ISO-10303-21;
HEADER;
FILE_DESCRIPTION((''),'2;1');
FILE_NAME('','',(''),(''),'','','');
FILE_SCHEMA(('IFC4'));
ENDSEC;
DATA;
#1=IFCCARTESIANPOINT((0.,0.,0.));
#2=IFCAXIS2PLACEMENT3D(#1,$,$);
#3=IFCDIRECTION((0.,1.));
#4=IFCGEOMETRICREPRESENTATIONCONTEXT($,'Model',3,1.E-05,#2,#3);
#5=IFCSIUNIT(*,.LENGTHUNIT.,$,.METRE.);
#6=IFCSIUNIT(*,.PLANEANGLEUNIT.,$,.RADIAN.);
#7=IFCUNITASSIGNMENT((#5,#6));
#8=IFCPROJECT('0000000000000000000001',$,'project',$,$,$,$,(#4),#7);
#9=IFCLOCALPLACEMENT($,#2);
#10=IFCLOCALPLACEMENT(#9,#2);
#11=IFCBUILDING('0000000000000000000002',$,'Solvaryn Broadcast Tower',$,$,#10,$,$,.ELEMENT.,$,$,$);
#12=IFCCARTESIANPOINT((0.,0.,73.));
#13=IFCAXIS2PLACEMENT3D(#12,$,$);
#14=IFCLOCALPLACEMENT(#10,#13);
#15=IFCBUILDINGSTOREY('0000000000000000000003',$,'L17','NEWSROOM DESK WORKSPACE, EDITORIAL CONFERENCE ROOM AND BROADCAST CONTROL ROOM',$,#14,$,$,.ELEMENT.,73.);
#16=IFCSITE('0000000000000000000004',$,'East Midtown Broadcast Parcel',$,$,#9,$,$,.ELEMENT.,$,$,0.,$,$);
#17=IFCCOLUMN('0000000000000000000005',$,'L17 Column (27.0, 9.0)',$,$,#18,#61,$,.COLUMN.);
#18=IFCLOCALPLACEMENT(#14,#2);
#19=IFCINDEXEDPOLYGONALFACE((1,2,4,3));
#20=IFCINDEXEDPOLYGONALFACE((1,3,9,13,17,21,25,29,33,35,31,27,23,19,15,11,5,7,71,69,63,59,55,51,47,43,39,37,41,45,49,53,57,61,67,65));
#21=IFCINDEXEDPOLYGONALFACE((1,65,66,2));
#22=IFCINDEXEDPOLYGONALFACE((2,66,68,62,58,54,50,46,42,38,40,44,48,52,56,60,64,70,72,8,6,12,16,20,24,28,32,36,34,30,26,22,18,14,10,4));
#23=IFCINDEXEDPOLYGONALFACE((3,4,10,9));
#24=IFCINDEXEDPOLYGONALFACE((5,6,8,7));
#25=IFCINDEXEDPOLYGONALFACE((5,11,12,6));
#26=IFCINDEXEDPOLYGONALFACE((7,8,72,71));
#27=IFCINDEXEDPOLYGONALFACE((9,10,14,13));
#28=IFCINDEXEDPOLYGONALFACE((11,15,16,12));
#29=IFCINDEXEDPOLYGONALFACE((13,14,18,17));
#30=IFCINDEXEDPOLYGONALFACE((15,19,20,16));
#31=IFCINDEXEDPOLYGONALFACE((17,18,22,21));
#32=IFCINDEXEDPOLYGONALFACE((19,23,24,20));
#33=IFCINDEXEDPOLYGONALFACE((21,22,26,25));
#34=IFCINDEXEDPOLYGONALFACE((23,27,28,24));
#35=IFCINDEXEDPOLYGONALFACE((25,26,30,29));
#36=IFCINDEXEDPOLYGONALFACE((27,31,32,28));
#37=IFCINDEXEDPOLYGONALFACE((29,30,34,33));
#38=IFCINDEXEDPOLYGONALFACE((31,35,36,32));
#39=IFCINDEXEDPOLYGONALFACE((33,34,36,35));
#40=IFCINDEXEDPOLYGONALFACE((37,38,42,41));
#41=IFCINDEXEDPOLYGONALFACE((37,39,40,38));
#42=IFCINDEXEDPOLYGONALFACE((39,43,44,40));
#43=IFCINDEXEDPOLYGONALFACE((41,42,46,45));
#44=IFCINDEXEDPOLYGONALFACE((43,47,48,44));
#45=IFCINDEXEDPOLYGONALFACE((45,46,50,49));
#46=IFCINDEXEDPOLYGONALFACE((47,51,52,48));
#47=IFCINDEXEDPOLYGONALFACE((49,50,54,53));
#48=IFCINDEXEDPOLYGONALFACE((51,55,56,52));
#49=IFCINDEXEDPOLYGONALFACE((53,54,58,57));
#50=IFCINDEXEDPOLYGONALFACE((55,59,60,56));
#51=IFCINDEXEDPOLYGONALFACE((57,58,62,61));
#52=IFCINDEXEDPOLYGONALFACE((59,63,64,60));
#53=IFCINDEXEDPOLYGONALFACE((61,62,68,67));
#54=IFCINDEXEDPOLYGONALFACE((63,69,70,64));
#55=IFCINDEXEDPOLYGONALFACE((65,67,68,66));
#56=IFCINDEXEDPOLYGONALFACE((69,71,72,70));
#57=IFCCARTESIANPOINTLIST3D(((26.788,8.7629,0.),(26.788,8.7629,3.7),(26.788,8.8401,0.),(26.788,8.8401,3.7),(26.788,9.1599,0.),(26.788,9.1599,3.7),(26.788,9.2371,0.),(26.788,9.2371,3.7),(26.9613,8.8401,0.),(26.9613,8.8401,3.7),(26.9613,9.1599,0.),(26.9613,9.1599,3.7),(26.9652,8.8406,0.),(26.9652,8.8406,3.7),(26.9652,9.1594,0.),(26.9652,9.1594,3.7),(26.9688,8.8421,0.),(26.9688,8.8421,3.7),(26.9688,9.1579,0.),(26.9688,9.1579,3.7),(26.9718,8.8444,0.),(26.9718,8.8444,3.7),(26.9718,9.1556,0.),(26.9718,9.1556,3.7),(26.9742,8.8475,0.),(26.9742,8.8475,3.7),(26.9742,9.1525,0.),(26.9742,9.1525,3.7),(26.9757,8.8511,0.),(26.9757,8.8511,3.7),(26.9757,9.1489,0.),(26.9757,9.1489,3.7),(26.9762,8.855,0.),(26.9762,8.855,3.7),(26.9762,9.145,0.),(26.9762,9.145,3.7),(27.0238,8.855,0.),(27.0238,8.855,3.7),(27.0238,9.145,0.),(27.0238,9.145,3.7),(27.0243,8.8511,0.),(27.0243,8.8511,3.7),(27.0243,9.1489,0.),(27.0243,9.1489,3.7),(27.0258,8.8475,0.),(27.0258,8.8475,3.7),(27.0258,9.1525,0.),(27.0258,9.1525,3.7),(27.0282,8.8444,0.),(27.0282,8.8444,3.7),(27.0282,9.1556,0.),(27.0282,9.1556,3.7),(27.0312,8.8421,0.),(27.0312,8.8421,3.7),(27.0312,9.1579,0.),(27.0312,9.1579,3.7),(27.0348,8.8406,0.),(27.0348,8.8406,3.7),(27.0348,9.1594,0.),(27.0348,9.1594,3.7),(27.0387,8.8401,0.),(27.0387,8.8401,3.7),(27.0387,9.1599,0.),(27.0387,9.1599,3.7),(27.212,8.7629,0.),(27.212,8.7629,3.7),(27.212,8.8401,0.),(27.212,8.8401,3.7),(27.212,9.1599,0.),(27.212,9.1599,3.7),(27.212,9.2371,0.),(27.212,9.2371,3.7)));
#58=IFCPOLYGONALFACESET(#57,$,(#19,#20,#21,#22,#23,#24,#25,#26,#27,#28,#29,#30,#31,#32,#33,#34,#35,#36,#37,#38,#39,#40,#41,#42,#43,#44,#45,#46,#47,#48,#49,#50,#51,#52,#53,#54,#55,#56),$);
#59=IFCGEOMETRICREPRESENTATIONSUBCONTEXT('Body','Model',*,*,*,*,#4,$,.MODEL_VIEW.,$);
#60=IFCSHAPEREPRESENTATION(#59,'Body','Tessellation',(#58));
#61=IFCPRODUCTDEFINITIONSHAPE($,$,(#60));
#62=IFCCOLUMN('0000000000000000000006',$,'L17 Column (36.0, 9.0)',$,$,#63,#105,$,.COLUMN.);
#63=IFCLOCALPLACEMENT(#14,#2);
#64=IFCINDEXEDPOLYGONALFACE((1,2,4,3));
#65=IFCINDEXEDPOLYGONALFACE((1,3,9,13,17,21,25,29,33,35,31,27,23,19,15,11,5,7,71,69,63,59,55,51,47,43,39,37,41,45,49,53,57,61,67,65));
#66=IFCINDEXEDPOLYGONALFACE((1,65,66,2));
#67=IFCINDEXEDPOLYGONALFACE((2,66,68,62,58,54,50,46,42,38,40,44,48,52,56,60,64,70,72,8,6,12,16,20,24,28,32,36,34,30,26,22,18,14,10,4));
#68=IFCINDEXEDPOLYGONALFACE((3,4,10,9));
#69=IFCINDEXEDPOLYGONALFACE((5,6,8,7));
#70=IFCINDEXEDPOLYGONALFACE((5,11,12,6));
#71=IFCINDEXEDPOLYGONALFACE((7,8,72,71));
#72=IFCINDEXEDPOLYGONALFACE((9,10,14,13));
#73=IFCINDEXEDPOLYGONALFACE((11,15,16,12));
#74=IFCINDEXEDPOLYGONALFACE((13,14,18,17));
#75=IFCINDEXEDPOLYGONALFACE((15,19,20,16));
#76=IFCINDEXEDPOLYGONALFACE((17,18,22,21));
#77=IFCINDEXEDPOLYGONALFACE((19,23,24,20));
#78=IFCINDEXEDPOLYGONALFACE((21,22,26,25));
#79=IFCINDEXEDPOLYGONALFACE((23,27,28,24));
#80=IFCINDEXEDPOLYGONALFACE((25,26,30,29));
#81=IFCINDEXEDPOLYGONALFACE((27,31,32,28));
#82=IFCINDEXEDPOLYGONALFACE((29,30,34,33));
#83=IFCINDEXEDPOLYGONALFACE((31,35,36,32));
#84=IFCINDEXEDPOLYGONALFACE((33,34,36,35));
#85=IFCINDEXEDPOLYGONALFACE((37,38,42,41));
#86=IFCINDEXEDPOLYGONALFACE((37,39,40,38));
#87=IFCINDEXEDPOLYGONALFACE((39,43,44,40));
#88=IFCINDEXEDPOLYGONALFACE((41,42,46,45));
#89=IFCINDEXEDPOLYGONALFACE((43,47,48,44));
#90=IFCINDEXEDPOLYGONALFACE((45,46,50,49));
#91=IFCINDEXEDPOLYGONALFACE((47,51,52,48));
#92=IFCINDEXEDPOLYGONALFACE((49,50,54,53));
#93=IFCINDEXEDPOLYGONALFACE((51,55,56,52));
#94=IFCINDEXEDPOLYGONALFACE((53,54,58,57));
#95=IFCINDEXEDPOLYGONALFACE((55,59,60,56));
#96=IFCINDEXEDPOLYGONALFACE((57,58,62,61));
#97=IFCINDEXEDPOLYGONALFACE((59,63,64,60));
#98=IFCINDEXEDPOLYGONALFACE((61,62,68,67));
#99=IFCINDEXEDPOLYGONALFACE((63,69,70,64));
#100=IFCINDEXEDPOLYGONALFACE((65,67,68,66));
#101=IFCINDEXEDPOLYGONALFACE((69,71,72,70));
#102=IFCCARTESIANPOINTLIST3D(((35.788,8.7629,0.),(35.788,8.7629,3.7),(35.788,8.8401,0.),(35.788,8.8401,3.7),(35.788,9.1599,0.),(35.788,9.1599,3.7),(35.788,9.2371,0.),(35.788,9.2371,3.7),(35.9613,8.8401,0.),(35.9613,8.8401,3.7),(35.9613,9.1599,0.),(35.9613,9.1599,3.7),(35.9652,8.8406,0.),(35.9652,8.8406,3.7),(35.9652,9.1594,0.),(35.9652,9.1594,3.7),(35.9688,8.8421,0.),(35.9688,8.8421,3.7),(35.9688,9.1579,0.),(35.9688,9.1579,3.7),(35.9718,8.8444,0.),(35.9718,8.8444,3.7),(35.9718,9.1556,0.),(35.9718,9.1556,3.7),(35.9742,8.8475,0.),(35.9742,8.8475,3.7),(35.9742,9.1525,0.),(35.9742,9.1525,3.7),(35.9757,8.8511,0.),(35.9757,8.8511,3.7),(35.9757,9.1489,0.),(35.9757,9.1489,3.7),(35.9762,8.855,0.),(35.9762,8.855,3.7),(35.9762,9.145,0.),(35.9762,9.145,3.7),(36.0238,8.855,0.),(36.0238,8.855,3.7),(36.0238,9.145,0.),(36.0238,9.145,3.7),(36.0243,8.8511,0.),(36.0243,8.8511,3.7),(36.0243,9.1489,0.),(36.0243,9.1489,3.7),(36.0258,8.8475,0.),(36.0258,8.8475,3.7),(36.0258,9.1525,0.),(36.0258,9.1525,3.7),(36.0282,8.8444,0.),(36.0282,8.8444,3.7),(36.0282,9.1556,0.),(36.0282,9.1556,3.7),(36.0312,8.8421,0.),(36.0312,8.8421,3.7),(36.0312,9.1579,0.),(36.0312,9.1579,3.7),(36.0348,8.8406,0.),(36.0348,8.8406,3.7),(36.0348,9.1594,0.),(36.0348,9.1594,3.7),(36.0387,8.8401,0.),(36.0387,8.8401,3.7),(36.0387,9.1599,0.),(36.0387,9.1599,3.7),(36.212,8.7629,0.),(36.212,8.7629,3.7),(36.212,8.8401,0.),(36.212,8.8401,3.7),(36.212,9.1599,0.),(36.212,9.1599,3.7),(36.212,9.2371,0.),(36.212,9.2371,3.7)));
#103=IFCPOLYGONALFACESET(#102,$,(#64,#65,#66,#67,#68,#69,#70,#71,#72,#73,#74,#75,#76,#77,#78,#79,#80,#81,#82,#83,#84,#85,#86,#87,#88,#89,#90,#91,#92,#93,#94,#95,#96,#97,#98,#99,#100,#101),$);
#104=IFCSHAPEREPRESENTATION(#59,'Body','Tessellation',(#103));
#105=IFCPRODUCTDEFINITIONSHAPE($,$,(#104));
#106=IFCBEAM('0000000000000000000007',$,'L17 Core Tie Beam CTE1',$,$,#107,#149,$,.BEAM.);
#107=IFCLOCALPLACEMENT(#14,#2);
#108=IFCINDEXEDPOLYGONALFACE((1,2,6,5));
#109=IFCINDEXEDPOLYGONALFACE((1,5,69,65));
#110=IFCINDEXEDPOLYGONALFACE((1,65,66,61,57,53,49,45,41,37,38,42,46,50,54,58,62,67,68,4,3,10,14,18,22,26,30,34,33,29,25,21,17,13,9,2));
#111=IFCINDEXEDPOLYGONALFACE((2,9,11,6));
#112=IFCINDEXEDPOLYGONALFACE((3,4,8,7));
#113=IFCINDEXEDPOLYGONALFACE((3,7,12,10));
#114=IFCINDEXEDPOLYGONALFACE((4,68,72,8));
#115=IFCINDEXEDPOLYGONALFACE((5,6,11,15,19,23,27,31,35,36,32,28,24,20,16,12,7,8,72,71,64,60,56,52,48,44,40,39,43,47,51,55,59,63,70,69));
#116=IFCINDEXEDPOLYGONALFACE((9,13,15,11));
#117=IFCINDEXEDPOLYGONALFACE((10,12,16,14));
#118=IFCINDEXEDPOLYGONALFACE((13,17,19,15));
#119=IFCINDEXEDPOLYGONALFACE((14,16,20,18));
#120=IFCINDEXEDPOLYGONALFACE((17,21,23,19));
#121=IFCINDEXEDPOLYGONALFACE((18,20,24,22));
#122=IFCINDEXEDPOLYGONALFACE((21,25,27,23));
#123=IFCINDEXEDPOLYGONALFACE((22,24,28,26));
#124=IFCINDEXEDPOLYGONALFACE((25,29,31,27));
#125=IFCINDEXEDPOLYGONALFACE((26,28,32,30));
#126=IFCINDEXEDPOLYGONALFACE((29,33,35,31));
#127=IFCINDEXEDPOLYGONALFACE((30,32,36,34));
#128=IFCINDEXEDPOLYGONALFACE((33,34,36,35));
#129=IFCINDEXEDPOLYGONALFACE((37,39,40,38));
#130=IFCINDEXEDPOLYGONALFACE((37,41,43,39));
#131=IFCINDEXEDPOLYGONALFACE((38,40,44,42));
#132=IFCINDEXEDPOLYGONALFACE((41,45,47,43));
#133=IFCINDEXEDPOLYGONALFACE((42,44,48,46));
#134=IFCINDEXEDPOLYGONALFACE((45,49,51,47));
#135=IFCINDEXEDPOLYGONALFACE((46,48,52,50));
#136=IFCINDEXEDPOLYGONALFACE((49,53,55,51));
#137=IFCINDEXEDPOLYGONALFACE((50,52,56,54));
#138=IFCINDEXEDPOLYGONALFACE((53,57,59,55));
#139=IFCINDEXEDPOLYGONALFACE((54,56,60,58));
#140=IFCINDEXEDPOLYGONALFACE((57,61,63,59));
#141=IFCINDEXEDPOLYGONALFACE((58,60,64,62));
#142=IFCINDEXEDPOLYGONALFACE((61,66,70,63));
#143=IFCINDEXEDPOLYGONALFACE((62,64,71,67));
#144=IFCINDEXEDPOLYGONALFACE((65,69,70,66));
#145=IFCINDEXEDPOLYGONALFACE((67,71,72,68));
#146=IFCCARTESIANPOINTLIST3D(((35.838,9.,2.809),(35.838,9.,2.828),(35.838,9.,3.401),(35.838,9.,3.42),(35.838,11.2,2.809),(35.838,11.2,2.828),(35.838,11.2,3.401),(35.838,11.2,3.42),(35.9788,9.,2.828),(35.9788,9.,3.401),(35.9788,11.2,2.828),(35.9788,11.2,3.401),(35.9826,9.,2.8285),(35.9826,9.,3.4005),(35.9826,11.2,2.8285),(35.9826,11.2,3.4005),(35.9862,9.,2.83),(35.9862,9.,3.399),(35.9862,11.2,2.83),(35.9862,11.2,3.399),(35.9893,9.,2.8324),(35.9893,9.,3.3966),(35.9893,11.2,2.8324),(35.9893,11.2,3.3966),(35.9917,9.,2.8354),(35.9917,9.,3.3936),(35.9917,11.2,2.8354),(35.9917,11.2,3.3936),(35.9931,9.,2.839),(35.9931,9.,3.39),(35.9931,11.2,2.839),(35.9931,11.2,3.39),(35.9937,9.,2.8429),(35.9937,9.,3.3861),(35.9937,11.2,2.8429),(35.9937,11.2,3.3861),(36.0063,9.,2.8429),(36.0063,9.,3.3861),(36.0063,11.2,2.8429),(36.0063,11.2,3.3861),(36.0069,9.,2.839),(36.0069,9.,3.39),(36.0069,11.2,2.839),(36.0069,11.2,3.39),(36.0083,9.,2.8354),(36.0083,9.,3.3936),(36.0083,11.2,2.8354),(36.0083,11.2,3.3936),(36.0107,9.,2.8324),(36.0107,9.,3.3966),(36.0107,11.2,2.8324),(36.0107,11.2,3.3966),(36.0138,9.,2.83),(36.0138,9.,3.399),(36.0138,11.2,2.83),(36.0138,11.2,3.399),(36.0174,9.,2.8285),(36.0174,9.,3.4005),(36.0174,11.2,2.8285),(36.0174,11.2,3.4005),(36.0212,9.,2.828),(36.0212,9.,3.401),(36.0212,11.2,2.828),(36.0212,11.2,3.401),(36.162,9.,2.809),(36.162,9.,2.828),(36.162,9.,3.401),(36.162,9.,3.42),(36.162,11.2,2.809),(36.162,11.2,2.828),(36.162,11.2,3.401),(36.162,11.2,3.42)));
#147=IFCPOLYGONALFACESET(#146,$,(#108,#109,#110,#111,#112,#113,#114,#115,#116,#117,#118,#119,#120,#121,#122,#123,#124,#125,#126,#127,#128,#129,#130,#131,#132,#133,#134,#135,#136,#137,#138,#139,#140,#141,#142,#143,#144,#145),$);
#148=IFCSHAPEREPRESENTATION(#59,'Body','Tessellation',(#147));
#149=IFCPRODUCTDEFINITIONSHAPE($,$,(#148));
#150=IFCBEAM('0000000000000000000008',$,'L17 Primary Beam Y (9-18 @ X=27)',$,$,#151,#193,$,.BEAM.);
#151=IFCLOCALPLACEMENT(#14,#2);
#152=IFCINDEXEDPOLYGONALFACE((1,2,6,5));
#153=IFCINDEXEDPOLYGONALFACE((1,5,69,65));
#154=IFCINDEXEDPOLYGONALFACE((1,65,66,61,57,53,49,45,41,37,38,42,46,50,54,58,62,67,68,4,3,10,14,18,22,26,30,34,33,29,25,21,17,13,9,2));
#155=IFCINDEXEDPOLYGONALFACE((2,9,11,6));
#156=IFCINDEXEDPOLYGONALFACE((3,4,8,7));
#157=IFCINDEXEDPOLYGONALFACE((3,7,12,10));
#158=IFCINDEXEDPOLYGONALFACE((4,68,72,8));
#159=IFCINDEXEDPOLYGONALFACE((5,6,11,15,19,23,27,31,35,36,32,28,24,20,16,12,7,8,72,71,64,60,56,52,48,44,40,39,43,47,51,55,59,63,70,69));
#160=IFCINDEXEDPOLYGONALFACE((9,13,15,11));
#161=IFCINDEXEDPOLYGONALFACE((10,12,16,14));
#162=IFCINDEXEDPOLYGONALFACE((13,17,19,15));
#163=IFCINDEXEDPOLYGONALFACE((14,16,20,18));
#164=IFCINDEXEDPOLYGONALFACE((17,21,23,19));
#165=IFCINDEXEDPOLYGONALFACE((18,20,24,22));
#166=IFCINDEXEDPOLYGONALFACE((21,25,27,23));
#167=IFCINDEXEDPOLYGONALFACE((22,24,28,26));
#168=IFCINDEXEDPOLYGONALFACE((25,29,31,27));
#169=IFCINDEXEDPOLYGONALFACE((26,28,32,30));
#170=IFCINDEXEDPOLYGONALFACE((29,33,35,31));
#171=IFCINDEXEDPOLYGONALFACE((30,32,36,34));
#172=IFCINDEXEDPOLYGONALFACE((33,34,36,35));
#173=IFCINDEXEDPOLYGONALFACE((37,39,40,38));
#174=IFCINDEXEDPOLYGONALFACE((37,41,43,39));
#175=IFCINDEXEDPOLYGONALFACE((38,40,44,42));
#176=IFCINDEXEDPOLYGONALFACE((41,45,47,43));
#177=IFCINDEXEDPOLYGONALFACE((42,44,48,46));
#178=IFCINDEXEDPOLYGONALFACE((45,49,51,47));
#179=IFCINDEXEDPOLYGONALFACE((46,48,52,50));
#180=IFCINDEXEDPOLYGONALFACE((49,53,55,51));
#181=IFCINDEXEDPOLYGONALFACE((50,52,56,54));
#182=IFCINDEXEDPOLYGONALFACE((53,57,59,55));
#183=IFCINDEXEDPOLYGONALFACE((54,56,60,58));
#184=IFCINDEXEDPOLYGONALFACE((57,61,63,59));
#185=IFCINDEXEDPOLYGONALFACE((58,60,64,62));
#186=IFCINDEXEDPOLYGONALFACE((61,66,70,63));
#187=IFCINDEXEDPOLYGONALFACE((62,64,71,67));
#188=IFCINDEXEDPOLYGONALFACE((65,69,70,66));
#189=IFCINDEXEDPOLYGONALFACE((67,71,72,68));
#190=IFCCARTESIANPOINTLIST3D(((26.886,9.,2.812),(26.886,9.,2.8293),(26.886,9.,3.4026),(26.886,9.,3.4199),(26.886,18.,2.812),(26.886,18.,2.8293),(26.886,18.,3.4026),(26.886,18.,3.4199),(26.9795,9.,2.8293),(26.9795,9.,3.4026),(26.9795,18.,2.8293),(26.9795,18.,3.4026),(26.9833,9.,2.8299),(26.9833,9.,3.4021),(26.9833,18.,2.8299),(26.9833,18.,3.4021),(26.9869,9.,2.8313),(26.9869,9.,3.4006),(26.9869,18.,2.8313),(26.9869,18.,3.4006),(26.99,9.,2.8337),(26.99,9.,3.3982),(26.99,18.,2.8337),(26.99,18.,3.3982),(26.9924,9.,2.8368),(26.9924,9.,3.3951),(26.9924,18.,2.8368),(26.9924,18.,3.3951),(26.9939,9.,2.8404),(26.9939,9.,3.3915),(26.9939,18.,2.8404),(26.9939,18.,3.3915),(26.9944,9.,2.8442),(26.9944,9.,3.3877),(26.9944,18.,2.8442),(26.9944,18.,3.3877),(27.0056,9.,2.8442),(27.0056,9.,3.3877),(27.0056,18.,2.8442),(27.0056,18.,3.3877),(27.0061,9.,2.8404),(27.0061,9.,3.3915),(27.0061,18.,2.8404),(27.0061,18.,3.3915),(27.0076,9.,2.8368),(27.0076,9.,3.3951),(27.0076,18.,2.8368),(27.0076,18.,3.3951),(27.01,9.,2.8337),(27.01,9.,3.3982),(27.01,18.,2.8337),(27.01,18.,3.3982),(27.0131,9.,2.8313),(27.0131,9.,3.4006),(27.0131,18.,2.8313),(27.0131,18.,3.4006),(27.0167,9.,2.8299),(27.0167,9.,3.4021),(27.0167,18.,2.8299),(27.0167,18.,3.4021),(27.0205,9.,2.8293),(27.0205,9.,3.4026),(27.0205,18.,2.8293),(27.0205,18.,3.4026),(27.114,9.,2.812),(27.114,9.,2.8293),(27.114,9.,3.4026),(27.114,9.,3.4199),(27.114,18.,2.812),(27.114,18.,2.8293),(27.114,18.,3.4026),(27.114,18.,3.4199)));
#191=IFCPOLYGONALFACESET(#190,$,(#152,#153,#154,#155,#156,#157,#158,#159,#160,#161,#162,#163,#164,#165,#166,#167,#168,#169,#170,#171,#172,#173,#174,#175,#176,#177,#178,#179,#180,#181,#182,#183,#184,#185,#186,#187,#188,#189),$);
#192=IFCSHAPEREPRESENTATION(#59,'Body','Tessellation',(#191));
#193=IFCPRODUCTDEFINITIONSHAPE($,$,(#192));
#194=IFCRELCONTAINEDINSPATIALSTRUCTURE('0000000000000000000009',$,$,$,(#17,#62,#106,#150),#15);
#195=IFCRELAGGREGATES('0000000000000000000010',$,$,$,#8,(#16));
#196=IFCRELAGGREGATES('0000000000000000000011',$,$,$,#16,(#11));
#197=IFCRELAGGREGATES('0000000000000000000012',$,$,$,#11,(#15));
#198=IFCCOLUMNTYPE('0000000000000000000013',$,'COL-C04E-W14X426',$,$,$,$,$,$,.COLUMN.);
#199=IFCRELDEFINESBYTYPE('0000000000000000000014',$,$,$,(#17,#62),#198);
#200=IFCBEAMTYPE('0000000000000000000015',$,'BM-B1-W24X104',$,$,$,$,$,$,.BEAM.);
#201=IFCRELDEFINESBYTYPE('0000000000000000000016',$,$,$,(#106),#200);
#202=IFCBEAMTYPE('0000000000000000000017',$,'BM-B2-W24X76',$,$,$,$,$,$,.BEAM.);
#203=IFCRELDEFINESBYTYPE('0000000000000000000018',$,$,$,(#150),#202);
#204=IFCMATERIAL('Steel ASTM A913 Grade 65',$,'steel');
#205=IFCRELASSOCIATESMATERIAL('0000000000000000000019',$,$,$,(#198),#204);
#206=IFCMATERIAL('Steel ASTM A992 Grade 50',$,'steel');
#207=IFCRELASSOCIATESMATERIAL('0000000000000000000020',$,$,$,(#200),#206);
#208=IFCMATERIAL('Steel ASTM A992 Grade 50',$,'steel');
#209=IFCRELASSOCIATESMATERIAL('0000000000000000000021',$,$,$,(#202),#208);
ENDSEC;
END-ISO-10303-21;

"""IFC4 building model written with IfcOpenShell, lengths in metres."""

from ifc_helpers import new_model, si_unit, direction, frame, origin, origin_2d, place, context, subcontext, project, spatial, i_section, extrude, material, material_profile, profile_set, type_object, element, save


model = new_model("IFC4")

# Units and contexts
model_context = context("Model", 3, precision=1e-05, world=origin(), true_north=direction((0.0, 1.0)))
body_context = subcontext(model_context, "Body", "Model", "MODEL_VIEW")
ifc_project = project(units=[si_unit("LENGTHUNIT", "METRE"), si_unit("PLANEANGLEUNIT", "RADIAN")], contexts=[model_context])

# Site, building, storey
site_placement = place(None, origin())
site = spatial("IfcSite", under=ifc_project, at=site_placement, Name="East Midtown Broadcast Parcel", CompositionType="ELEMENT", RefElevation=0.0)
building_placement = place(site_placement, origin())
building = spatial("IfcBuilding", under=site, at=building_placement, Name="Solvaryn Broadcast Tower", CompositionType="ELEMENT")
storey_placement = place(building_placement, frame((0.0, 0.0, 73.0)))
storey = spatial("IfcBuildingStorey", under=building, at=storey_placement, Name="L17", Description="NEWSROOM DESK WORKSPACE, EDITORIAL CONFERENCE ROOM AND BROADCAST CONTROL ROOM", CompositionType="ELEMENT", Elevation=73.0)

# Columns
ifc_material_1 = material(Name="Steel ASTM A913 Grade 65", Category="steel")
ifc_material_profile_1 = material_profile(ifc_material_1, i_section(OverallWidth=0.4241, OverallDepth=0.4741, WebThickness=0.0476, FlangeThickness=0.0771, FilletRadius=0.0149, at=origin_2d()))
ifc_profile_set_1 = profile_set([ifc_material_profile_1], Name="Steel ASTM A913 Grade 65")
column_type = type_object("IfcColumnType", Name="COL-C04E-W14X426", PredefinedType="COLUMN", material=ifc_profile_set_1)
for number, where, z_axis, x_axis, name in (
    (1, (27.0, 9.0, 0.0), (0.0, 0.0, 1.0), (1.0, 0.0, 0.0), "L17 Column (27.0, 9.0)"),
    (2, (36.0, 9.0, 0.0), (0.0, 0.0, 1.0), (1.0, 0.0, 0.0), "L17 Column (36.0, 9.0)"),
):
    element("IfcColumn", number, at=place(storey_placement, frame(where, z_axis=z_axis, x_axis=x_axis)), inside=storey, type_object=column_type, Name=name, PredefinedType="COLUMN", context=body_context, shape_type="SweptSolid", body=[
        extrude(i_section(OverallWidth=0.4241, OverallDepth=0.4741, WebThickness=0.0476, FlangeThickness=0.0771, FilletRadius=0.0149, at=origin_2d()), origin(), (0.0, 0.0, 1.0), 3.7),
    ])

# Beams
ifc_material_2 = material(Name="Steel ASTM A992 Grade 50", Category="steel")
ifc_material_profile_2 = material_profile(ifc_material_2, i_section(OverallWidth=0.324, OverallDepth=0.6111, WebThickness=0.0127, FlangeThickness=0.019, FilletRadius=0.0149, at=origin_2d()))
ifc_profile_set_2 = profile_set([ifc_material_profile_2], Name="Steel ASTM A992 Grade 50")
beam_type_1 = type_object("IfcBeamType", Name="BM-B1-W24X104", PredefinedType="BEAM", material=ifc_profile_set_2)
beam_1_placement = place(storey_placement, frame((36.0, 9.0, 3.1145), z_axis=(0.0, 1.0, 0.0), x_axis=(-1.0, 0.0, 0.0)))
element("IfcBeam", 3, at=beam_1_placement, inside=storey, type_object=beam_type_1, Name="L17 Core Tie Beam CTE1", PredefinedType="BEAM", context=body_context, shape_type="SweptSolid", body=[
    extrude(i_section(OverallWidth=0.324, OverallDepth=0.6111, WebThickness=0.0127, FlangeThickness=0.019, FilletRadius=0.0149, at=origin_2d()), origin(), (0.0, 0.0, 1.0), 2.2),
])
ifc_material_3 = material(Name="Steel ASTM A992 Grade 50", Category="steel")
ifc_material_profile_3 = material_profile(ifc_material_3, i_section(OverallWidth=0.228, OverallDepth=0.6079, WebThickness=0.0112, FlangeThickness=0.0173, FilletRadius=0.0149, at=origin_2d()))
ifc_profile_set_3 = profile_set([ifc_material_profile_3], Name="Steel ASTM A992 Grade 50")
beam_type_2 = type_object("IfcBeamType", Name="BM-B2-W24X76", PredefinedType="BEAM", material=ifc_profile_set_3)
beam_2_placement = place(storey_placement, frame((27.0, 9.0, 3.116), z_axis=(0.0, 1.0, 0.0), x_axis=(-1.0, 0.0, 0.0)))
element("IfcBeam", 4, at=beam_2_placement, inside=storey, type_object=beam_type_2, Name="L17 Primary Beam Y (9-18 @ X=27)", PredefinedType="BEAM", context=body_context, shape_type="SweptSolid", body=[
    extrude(i_section(OverallWidth=0.228, OverallDepth=0.6079, WebThickness=0.0112, FlangeThickness=0.0173, FilletRadius=0.0149, at=origin_2d()), origin(), (0.0, 0.0, 1.0), 9.0),
])

save(model, "model.ifc")
